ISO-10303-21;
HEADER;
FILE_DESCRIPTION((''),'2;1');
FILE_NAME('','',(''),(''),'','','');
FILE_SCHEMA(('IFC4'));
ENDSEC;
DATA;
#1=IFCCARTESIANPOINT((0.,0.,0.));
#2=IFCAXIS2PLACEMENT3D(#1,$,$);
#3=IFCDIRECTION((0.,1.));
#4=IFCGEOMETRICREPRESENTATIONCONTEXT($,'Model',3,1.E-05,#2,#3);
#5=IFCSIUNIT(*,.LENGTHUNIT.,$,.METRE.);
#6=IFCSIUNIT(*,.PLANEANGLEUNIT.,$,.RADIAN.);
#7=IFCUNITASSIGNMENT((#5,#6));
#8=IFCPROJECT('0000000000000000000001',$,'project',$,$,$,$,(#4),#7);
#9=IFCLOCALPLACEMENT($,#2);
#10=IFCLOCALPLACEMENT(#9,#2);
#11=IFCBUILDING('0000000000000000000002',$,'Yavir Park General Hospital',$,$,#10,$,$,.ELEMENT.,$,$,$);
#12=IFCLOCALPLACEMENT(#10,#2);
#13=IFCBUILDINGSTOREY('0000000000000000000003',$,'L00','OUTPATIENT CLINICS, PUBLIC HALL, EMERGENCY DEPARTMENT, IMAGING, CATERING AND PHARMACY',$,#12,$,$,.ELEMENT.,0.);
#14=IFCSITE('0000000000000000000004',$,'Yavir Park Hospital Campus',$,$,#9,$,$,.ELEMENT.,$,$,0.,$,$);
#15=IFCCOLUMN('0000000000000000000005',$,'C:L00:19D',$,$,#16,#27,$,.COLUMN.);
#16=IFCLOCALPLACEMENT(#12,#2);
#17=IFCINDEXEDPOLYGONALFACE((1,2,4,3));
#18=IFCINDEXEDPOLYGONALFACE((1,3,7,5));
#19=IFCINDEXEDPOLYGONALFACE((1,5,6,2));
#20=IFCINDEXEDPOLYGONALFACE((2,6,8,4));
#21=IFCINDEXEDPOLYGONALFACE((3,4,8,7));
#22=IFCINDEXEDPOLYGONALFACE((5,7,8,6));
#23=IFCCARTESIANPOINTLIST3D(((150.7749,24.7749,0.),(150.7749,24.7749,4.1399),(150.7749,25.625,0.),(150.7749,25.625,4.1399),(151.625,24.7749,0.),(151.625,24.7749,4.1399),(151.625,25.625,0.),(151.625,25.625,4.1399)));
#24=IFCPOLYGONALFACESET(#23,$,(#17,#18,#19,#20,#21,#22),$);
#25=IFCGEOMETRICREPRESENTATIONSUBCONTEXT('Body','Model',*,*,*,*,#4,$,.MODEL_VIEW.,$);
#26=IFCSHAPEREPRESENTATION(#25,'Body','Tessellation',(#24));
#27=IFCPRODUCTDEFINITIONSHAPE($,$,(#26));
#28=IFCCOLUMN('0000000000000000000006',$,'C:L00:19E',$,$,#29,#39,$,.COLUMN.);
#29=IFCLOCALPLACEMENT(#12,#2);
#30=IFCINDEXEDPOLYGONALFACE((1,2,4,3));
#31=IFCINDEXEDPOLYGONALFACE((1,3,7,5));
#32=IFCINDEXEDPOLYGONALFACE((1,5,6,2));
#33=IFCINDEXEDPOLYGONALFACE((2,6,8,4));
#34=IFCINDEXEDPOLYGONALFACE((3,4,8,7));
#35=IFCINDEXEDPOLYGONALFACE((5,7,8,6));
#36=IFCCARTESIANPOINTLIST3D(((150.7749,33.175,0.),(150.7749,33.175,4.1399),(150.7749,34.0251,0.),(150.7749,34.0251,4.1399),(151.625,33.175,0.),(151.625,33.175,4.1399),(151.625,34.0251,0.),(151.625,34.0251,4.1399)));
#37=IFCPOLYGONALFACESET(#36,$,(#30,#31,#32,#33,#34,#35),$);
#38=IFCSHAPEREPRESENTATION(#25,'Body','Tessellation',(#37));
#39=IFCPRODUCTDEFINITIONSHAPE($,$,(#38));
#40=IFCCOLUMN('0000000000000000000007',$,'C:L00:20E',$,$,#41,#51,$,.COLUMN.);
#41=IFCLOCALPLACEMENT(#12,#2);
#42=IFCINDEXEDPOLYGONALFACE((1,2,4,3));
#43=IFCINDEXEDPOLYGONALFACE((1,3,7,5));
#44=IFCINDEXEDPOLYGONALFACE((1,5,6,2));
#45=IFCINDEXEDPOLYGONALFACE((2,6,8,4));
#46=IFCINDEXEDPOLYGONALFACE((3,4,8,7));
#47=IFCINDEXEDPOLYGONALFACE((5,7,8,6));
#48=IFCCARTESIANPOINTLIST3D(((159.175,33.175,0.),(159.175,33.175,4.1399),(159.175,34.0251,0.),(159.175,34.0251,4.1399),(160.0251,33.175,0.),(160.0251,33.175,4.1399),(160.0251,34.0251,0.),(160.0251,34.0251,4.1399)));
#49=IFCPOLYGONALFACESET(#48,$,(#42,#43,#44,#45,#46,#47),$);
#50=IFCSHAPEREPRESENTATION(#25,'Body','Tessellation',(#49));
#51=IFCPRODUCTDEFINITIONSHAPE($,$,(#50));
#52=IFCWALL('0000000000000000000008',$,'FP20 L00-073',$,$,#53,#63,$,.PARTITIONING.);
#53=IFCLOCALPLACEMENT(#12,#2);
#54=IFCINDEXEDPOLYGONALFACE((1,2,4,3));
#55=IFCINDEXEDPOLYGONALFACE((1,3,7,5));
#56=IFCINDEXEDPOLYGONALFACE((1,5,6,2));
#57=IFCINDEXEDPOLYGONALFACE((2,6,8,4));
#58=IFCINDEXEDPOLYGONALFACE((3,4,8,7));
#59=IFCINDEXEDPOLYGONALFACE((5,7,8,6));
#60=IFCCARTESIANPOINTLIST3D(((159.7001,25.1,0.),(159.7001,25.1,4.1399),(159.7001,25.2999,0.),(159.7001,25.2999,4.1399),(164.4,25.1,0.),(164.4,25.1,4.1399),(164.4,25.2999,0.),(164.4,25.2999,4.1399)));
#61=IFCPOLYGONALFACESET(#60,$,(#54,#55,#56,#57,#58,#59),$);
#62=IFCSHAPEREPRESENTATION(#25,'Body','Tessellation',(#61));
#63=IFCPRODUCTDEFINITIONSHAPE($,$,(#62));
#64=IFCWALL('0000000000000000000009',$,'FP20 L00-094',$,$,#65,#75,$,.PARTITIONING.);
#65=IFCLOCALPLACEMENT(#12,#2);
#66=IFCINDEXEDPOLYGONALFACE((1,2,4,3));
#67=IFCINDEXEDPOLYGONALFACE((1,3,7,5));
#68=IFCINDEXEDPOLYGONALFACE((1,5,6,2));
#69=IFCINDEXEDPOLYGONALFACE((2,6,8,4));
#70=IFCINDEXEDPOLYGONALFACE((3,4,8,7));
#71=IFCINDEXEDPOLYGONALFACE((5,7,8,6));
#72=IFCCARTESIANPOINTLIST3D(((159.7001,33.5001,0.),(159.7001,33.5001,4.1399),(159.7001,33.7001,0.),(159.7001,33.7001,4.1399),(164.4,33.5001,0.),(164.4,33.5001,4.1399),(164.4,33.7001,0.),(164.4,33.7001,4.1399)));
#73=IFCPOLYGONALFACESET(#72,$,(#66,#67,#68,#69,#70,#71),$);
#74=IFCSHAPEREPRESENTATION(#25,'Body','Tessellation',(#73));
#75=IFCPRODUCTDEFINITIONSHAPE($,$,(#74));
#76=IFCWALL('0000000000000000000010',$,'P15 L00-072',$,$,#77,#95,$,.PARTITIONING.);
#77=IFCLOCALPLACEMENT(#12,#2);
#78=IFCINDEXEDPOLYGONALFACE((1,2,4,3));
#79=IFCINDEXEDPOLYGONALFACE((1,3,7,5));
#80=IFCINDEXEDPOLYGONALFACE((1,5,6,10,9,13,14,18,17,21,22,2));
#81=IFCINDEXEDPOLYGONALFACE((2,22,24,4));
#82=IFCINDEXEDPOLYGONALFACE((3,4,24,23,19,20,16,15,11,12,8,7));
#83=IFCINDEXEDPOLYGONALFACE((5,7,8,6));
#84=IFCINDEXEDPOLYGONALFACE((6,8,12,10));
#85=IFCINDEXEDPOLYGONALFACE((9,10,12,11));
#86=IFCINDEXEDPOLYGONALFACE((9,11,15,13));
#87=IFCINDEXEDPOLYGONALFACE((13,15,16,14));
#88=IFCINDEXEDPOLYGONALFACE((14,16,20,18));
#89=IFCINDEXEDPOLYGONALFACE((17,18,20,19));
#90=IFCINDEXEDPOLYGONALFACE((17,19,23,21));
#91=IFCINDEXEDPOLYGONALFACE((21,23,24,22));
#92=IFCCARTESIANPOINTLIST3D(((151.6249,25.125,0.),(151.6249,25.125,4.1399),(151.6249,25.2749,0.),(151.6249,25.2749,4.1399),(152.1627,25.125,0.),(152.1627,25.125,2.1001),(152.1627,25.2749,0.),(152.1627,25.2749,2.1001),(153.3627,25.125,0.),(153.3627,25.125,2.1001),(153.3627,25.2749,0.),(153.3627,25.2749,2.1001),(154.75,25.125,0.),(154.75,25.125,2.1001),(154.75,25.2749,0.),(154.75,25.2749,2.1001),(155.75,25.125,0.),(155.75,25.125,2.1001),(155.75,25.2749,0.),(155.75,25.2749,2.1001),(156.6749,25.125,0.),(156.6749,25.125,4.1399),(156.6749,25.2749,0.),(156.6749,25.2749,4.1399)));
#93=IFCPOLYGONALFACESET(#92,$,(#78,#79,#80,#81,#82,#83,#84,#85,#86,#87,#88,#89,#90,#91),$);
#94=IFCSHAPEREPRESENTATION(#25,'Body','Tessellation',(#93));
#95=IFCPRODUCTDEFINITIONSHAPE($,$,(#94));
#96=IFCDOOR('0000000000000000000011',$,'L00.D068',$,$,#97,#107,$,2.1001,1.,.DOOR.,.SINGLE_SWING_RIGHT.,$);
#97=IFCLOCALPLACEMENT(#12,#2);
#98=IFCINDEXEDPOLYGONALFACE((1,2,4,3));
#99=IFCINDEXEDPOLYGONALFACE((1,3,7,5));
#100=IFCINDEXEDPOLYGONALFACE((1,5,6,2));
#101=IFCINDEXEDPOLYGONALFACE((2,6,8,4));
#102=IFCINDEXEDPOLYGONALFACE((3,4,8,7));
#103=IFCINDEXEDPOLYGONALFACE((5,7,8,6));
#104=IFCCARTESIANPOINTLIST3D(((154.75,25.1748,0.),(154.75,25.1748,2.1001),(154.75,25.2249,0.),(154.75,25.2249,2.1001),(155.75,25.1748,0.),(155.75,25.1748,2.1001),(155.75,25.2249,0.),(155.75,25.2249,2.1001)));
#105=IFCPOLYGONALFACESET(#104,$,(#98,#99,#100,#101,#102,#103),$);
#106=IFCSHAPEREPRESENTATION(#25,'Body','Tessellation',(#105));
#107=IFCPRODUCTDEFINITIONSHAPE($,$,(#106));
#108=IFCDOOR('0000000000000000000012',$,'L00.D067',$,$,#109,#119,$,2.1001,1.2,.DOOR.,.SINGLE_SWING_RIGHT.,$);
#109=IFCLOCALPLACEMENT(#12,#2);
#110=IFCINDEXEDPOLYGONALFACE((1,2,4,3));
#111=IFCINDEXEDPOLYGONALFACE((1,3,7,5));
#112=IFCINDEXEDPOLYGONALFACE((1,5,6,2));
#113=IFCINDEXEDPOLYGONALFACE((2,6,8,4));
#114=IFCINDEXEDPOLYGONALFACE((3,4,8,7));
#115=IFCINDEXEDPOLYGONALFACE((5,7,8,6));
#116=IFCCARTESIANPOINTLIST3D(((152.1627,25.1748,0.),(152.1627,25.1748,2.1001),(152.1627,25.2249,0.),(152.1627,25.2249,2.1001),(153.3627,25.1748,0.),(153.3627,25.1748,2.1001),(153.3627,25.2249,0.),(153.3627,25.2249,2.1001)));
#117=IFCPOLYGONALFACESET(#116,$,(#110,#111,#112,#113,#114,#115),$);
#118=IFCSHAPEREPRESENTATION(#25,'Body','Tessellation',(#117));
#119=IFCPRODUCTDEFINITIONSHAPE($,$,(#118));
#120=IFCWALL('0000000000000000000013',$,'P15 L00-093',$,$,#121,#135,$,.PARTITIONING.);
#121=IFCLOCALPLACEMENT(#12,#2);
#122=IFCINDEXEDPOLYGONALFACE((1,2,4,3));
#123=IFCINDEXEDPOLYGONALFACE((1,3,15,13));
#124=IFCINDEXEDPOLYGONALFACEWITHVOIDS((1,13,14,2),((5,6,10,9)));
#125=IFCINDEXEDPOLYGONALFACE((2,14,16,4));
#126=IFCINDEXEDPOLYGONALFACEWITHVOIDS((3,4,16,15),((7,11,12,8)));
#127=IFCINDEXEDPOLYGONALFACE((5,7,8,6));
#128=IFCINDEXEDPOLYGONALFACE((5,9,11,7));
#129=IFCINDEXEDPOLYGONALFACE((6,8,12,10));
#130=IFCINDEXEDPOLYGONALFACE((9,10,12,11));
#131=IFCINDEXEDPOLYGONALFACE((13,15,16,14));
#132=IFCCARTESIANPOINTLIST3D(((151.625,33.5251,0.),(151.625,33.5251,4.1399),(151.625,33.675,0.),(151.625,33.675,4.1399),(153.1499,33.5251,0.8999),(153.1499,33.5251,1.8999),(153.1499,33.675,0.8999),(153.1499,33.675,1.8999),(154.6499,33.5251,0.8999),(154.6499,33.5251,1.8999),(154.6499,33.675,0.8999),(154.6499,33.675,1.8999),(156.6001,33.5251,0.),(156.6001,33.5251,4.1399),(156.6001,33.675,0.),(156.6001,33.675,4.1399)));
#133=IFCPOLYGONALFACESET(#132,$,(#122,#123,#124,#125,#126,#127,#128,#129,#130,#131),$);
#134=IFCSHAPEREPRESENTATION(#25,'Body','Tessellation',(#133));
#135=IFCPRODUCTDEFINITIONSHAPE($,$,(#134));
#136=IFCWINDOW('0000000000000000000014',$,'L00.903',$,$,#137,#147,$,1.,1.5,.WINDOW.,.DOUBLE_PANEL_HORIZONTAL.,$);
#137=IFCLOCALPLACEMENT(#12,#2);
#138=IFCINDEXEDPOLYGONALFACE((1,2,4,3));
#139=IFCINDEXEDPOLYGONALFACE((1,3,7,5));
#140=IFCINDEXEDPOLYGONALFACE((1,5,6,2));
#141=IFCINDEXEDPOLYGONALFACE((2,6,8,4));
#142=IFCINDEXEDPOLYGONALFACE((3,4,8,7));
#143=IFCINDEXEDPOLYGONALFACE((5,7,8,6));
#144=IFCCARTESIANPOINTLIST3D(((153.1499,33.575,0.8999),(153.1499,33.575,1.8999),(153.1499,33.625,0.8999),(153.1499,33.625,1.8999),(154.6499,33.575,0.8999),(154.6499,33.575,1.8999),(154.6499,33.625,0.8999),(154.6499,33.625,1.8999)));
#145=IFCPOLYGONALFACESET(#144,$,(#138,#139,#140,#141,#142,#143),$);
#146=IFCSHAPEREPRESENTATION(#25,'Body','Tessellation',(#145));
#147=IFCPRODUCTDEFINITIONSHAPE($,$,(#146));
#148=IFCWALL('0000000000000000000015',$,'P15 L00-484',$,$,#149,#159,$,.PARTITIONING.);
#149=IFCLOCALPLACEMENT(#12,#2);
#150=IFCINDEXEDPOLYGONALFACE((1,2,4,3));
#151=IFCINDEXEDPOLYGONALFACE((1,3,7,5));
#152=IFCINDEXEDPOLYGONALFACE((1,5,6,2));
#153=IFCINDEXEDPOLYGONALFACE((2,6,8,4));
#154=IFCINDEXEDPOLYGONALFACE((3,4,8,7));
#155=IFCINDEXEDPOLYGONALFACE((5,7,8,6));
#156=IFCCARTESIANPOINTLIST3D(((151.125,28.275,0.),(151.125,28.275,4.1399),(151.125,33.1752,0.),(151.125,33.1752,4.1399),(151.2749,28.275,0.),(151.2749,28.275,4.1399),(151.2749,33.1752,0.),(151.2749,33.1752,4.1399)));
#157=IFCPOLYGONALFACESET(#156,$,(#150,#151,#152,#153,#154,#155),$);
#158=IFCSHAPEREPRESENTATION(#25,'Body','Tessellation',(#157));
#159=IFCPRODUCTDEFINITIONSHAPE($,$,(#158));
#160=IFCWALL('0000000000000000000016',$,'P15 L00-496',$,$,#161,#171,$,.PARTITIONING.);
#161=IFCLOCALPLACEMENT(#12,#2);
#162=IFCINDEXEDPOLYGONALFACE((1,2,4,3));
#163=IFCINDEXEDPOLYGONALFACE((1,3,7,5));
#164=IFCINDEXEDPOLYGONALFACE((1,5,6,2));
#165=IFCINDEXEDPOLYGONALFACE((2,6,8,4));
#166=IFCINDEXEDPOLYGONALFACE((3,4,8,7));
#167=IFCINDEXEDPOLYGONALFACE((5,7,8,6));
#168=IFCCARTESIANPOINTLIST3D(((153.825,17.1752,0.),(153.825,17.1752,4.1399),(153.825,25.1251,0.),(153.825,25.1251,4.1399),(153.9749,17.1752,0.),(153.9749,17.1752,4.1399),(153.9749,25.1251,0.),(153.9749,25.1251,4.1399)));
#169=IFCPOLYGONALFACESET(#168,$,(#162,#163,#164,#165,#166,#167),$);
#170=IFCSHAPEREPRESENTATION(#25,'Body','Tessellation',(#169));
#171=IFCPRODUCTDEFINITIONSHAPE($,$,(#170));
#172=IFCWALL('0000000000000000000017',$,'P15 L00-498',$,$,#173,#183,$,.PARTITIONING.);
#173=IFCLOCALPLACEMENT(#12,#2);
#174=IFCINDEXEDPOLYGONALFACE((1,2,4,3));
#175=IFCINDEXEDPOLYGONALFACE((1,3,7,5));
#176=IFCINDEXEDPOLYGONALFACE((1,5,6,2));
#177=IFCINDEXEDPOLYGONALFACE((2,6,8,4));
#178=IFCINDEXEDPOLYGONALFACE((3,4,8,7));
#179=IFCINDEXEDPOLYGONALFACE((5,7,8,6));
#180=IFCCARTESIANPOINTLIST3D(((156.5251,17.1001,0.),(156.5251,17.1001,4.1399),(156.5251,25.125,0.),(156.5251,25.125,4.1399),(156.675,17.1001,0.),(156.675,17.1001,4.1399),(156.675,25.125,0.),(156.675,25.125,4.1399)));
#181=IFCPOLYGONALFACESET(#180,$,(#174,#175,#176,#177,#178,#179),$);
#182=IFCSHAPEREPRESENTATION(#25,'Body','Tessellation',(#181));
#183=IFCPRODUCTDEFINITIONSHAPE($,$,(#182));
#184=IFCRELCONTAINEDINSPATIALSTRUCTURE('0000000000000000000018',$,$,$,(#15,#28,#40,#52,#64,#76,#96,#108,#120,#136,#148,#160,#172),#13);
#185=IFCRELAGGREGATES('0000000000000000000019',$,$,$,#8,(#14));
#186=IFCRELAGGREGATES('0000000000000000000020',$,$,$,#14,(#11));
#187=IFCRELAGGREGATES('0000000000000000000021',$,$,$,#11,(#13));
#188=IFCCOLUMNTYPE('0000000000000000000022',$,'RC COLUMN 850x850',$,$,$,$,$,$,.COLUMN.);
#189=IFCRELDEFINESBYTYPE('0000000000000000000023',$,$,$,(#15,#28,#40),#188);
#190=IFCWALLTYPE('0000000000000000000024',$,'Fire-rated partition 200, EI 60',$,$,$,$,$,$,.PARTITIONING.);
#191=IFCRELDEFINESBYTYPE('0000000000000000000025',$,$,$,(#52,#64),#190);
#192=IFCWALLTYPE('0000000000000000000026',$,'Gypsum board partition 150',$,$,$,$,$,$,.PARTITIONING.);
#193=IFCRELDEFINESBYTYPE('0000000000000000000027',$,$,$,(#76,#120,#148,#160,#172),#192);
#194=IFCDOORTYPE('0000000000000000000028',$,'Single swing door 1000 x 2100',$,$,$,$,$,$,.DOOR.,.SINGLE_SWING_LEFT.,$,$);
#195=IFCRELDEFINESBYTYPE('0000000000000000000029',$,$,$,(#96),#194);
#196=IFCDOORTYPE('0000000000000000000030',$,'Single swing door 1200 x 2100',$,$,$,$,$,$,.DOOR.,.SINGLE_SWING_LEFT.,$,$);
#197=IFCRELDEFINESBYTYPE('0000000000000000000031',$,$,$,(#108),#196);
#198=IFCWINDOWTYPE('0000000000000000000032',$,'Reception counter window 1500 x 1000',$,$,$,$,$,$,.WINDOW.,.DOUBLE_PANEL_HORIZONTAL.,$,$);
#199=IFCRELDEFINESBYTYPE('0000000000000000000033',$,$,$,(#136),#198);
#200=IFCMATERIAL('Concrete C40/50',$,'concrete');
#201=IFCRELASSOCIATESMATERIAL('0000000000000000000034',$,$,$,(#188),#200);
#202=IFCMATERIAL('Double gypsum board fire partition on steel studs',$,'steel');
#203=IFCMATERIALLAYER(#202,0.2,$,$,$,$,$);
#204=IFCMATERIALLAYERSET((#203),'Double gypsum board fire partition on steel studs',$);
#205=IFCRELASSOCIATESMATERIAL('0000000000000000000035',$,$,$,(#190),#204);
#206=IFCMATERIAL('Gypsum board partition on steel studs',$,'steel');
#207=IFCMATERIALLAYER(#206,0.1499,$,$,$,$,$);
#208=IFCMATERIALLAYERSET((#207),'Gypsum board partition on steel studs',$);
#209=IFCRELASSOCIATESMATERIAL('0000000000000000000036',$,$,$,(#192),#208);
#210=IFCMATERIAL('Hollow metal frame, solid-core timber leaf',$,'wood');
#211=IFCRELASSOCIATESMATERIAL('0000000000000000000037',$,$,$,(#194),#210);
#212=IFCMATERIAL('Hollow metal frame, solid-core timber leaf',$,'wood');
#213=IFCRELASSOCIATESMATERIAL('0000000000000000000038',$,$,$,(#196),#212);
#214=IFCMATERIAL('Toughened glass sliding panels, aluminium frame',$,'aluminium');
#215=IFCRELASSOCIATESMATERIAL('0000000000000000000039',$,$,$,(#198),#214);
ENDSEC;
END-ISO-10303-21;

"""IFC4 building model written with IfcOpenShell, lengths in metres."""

from ifc_helpers import new_model, si_unit, direction, frame, frame_2d, origin, origin_2d, place, context, subcontext, project, spatial, rectangle, extrude, material, layer, layer_set, material_profile, profile_set, type_object, element, fill, save


model = new_model("IFC4")

# Units and contexts
model_context = context("Model", 3, precision=1e-05, world=origin(), true_north=direction((0.0, 1.0)))
body_context = subcontext(model_context, "Body", "Model", "MODEL_VIEW")
ifc_project = project(units=[si_unit("LENGTHUNIT", "METRE"), si_unit("PLANEANGLEUNIT", "RADIAN")], contexts=[model_context])

# Site, building, storey
site_placement = place(None, origin())
site = spatial("IfcSite", under=ifc_project, at=site_placement, Name="Yavir Park Hospital Campus", CompositionType="ELEMENT", RefElevation=0.0)
building_placement = place(site_placement, origin())
building = spatial("IfcBuilding", under=site, at=building_placement, Name="Yavir Park General Hospital", CompositionType="ELEMENT")
storey_placement = place(building_placement, origin())
storey = spatial("IfcBuildingStorey", under=building, at=storey_placement, Name="L00", Description="OUTPATIENT CLINICS, PUBLIC HALL, EMERGENCY DEPARTMENT, IMAGING, CATERING AND PHARMACY", CompositionType="ELEMENT", Elevation=0.0)

# Columns
ifc_material_1 = material(Name="Concrete C40/50", Category="concrete")
ifc_material_profile = material_profile(ifc_material_1, rectangle(XDim=0.8501, YDim=0.8501, at=origin_2d()), Name="RC850x850")
ifc_profile_set = profile_set([ifc_material_profile], Name="Concrete C40/50")
column_type = type_object("IfcColumnType", Name="RC COLUMN 850x850", PredefinedType="COLUMN", material=ifc_profile_set)
for number, where, z_axis, x_axis, name in (
    (1, (151.2, 25.2, 0.0), (0.0, 0.0, 1.0), (1.0, 0.0, 0.0), "C:L00:19D"),
    (2, (151.2, 33.6001, 0.0), (0.0, 0.0, 1.0), (1.0, 0.0, 0.0), "C:L00:19E"),
    (3, (159.6001, 33.6001, 0.0), (0.0, 0.0, 1.0), (1.0, 0.0, 0.0), "C:L00:20E"),
):
    element("IfcColumn", number, at=place(storey_placement, frame(where, z_axis=z_axis, x_axis=x_axis)), inside=storey, type_object=column_type, Name=name, PredefinedType="COLUMN", context=body_context, shape_type="SweptSolid", body=[
        extrude(rectangle(XDim=0.8501, YDim=0.8501, at=origin_2d()), origin(), (0.0, 0.0, 1.0), 4.1399),
    ])

# Walls
ifc_material_2 = material(Name="Double gypsum board fire partition on steel studs", Category="steel")
ifc_layer_1 = layer(ifc_material_2, 0.2)
ifc_layer_set_1 = layer_set([ifc_layer_1], Name="Double gypsum board fire partition on steel studs")
wall_type_1 = type_object("IfcWallType", Name="Fire-rated partition 200, EI 60", PredefinedType="PARTITIONING", material=ifc_layer_set_1)
for number, where, z_axis, x_axis, name in (
    (4, (159.7, 25.2, 0.0), (0.0, 0.0, 1.0), (1.0, 0.0, 0.0), "FP20 L00-073"),
    (5, (159.7, 33.6001, 0.0), (0.0, 0.0, 1.0), (1.0, 0.0, 0.0), "FP20 L00-094"),
):
    element("IfcWall", number, at=place(storey_placement, frame(where, z_axis=z_axis, x_axis=x_axis)), inside=storey, type_object=wall_type_1, Name=name, PredefinedType="PARTITIONING", context=body_context, shape_type="SweptSolid", body=[
        extrude(rectangle(XDim=4.7, YDim=0.2, at=frame_2d((2.3501, 0.0))), origin(), (0.0, 0.0, 1.0), 4.1399),
    ])

# Wall, openings, doors
ifc_material_3 = material(Name="Gypsum board partition on steel studs", Category="steel")
ifc_layer_2 = layer(ifc_material_3, 0.1499)
ifc_layer_set_2 = layer_set([ifc_layer_2], Name="Gypsum board partition on steel studs")
wall_type_2 = type_object("IfcWallType", Name="Gypsum board partition 150", PredefinedType="PARTITIONING", material=ifc_layer_set_2)
wall_1_placement = place(storey_placement, frame((151.625, 25.2, 0.0), z_axis=(0.0, 0.0, 1.0), x_axis=(1.0, 0.0, 0.0)))
wall_1 = element("IfcWall", 6, at=wall_1_placement, inside=storey, type_object=wall_type_2, Name="P15 L00-072", PredefinedType="PARTITIONING", context=body_context, shape_type="SweptSolid", body=[
    extrude(rectangle(XDim=5.05, YDim=0.1499, at=frame_2d((2.5249, 0.0))), origin(), (0.0, 0.0, 1.0), 4.1399),
])
opening_1_placement = place(wall_1_placement, frame((0.5376, 0.0, 0.0)))
opening_1 = element("IfcOpeningElement", 7, at=opening_1_placement, cuts=wall_1, PredefinedType="OPENING", context=body_context, shape_type="SweptSolid", body=[
    extrude(rectangle(XDim=1.2, YDim=2.1001, at=frame_2d((0.6001, 1.05))), frame((0.0, 0.085, 0.0), z_axis=(0.0, -1.0, 0.0), x_axis=(1.0, 0.0, 0.0)), (0.0, 0.0, 1.0), 0.1699),
])
opening_2_placement = place(wall_1_placement, frame((3.125, 0.0, 0.0)))
opening_2 = element("IfcOpeningElement", 8, at=opening_2_placement, cuts=wall_1, PredefinedType="OPENING", context=body_context, shape_type="SweptSolid", body=[
    extrude(rectangle(XDim=1.0, YDim=2.1001, at=frame_2d((0.5, 1.05))), frame((0.0, 0.085, 0.0), z_axis=(0.0, -1.0, 0.0), x_axis=(1.0, 0.0, 0.0)), (0.0, 0.0, 1.0), 0.1699),
])
ifc_material_4 = material(Name="Hollow metal frame, solid-core timber leaf", Category="wood")
door_type_1 = type_object("IfcDoorType", Name="Single swing door 1000 x 2100", OperationType="SINGLE_SWING_LEFT", PredefinedType="DOOR", material=ifc_material_4)
door_1_placement = place(opening_2_placement, origin())
door_1 = element("IfcDoor", 9, at=door_1_placement, inside=storey, type_object=door_type_1, Name="L00.D068", OperationType="SINGLE_SWING_RIGHT", OverallHeight=2.1001, OverallWidth=1.0, PredefinedType="DOOR", context=body_context, shape_type="SweptSolid", body=[
    extrude(rectangle(XDim=1.0, YDim=2.1001, at=frame_2d((0.5, 1.05))), frame((0.0, 0.0249, 0.0), z_axis=(0.0, -1.0, 0.0), x_axis=(1.0, 0.0, 0.0)), (0.0, 0.0, 1.0), 0.05),
])
fill(opening_2, door_1)
ifc_material_5 = material(Name="Hollow metal frame, solid-core timber leaf", Category="wood")
door_type_2 = type_object("IfcDoorType", Name="Single swing door 1200 x 2100", OperationType="SINGLE_SWING_LEFT", PredefinedType="DOOR", material=ifc_material_5)
door_2_placement = place(opening_1_placement, origin())
door_2 = element("IfcDoor", 10, at=door_2_placement, inside=storey, type_object=door_type_2, Name="L00.D067", OperationType="SINGLE_SWING_RIGHT", OverallHeight=2.1001, OverallWidth=1.2, PredefinedType="DOOR", context=body_context, shape_type="SweptSolid", body=[
    extrude(rectangle(XDim=1.2, YDim=2.1001, at=frame_2d((0.6001, 1.05))), frame((0.0, 0.0249, 0.0), z_axis=(0.0, -1.0, 0.0), x_axis=(1.0, 0.0, 0.0)), (0.0, 0.0, 1.0), 0.05),
])
fill(opening_1, door_2)

# Wall, opening, window
wall_2_placement = place(storey_placement, frame((151.625, 33.6001, 0.0), z_axis=(0.0, 0.0, 1.0), x_axis=(1.0, 0.0, 0.0)))
wall_2 = element("IfcWall", 11, at=wall_2_placement, inside=storey, type_object=wall_type_2, Name="P15 L00-093", PredefinedType="PARTITIONING", context=body_context, shape_type="SweptSolid", body=[
    extrude(rectangle(XDim=4.9751, YDim=0.1499, at=frame_2d((2.4875, 0.0))), origin(), (0.0, 0.0, 1.0), 4.1399),
])
opening_3_placement = place(wall_2_placement, frame((1.5249, 0.0, 0.8999)))
opening_3 = element("IfcOpeningElement", 12, at=opening_3_placement, cuts=wall_2, PredefinedType="OPENING", context=body_context, shape_type="SweptSolid", body=[
    extrude(rectangle(XDim=1.5, YDim=1.0, at=frame_2d((0.75, 0.5))), frame((0.0, 0.085, 0.0), z_axis=(0.0, -1.0, 0.0), x_axis=(1.0, 0.0, 0.0)), (0.0, 0.0, 1.0), 0.1699),
])
ifc_material_6 = material(Name="Toughened glass sliding panels, aluminium frame", Category="aluminium")
window_type = type_object("IfcWindowType", Name="Reception counter window 1500 x 1000", PartitioningType="DOUBLE_PANEL_HORIZONTAL", PredefinedType="WINDOW", material=ifc_material_6)
window_placement = place(opening_3_placement, origin())
window = element("IfcWindow", 13, at=window_placement, inside=storey, type_object=window_type, Name="L00.903", OverallHeight=1.0, OverallWidth=1.5, PartitioningType="DOUBLE_PANEL_HORIZONTAL", PredefinedType="WINDOW", context=body_context, shape_type="SweptSolid", body=[
    extrude(rectangle(XDim=1.5, YDim=1.0, at=frame_2d((0.75, 0.5))), frame((0.0, 0.0249, 0.0), z_axis=(0.0, -1.0, 0.0), x_axis=(1.0, 0.0, 0.0)), (0.0, 0.0, 1.0), 0.05),
])
fill(opening_3, window)

# Walls
wall_3_placement = place(storey_placement, frame((151.2, 28.2749, 0.0), z_axis=(0.0, 0.0, 1.0), x_axis=(0.0, 1.0, 0.0)))
element("IfcWall", 14, at=wall_3_placement, inside=storey, type_object=wall_type_2, Name="P15 L00-484", PredefinedType="PARTITIONING", context=body_context, shape_type="SweptSolid", body=[
    extrude(rectangle(XDim=4.9001, YDim=0.1499, at=frame_2d((2.4502, 0.0))), origin(), (0.0, 0.0, 1.0), 4.1399),
])
wall_4_placement = place(storey_placement, frame((153.8999, 17.175, 0.0), z_axis=(0.0, 0.0, 1.0), x_axis=(0.0, 1.0, 0.0)))
element("IfcWall", 15, at=wall_4_placement, inside=storey, type_object=wall_type_2, Name="P15 L00-496", PredefinedType="PARTITIONING", context=body_context, shape_type="SweptSolid", body=[
    extrude(rectangle(XDim=7.95, YDim=0.1499, at=frame_2d((3.9751, 0.0))), origin(), (0.0, 0.0, 1.0), 4.1399),
])
wall_5_placement = place(storey_placement, frame((156.6001, 17.1001, 0.0), z_axis=(0.0, 0.0, 1.0), x_axis=(0.0, 1.0, 0.0)))
element("IfcWall", 16, at=wall_5_placement, inside=storey, type_object=wall_type_2, Name="P15 L00-498", PredefinedType="PARTITIONING", context=body_context, shape_type="SweptSolid", body=[
    extrude(rectangle(XDim=8.0249, YDim=0.1499, at=frame_2d((4.0125, 0.0))), origin(), (0.0, 0.0, 1.0), 4.1399),
])

save(model, "model.ifc")
